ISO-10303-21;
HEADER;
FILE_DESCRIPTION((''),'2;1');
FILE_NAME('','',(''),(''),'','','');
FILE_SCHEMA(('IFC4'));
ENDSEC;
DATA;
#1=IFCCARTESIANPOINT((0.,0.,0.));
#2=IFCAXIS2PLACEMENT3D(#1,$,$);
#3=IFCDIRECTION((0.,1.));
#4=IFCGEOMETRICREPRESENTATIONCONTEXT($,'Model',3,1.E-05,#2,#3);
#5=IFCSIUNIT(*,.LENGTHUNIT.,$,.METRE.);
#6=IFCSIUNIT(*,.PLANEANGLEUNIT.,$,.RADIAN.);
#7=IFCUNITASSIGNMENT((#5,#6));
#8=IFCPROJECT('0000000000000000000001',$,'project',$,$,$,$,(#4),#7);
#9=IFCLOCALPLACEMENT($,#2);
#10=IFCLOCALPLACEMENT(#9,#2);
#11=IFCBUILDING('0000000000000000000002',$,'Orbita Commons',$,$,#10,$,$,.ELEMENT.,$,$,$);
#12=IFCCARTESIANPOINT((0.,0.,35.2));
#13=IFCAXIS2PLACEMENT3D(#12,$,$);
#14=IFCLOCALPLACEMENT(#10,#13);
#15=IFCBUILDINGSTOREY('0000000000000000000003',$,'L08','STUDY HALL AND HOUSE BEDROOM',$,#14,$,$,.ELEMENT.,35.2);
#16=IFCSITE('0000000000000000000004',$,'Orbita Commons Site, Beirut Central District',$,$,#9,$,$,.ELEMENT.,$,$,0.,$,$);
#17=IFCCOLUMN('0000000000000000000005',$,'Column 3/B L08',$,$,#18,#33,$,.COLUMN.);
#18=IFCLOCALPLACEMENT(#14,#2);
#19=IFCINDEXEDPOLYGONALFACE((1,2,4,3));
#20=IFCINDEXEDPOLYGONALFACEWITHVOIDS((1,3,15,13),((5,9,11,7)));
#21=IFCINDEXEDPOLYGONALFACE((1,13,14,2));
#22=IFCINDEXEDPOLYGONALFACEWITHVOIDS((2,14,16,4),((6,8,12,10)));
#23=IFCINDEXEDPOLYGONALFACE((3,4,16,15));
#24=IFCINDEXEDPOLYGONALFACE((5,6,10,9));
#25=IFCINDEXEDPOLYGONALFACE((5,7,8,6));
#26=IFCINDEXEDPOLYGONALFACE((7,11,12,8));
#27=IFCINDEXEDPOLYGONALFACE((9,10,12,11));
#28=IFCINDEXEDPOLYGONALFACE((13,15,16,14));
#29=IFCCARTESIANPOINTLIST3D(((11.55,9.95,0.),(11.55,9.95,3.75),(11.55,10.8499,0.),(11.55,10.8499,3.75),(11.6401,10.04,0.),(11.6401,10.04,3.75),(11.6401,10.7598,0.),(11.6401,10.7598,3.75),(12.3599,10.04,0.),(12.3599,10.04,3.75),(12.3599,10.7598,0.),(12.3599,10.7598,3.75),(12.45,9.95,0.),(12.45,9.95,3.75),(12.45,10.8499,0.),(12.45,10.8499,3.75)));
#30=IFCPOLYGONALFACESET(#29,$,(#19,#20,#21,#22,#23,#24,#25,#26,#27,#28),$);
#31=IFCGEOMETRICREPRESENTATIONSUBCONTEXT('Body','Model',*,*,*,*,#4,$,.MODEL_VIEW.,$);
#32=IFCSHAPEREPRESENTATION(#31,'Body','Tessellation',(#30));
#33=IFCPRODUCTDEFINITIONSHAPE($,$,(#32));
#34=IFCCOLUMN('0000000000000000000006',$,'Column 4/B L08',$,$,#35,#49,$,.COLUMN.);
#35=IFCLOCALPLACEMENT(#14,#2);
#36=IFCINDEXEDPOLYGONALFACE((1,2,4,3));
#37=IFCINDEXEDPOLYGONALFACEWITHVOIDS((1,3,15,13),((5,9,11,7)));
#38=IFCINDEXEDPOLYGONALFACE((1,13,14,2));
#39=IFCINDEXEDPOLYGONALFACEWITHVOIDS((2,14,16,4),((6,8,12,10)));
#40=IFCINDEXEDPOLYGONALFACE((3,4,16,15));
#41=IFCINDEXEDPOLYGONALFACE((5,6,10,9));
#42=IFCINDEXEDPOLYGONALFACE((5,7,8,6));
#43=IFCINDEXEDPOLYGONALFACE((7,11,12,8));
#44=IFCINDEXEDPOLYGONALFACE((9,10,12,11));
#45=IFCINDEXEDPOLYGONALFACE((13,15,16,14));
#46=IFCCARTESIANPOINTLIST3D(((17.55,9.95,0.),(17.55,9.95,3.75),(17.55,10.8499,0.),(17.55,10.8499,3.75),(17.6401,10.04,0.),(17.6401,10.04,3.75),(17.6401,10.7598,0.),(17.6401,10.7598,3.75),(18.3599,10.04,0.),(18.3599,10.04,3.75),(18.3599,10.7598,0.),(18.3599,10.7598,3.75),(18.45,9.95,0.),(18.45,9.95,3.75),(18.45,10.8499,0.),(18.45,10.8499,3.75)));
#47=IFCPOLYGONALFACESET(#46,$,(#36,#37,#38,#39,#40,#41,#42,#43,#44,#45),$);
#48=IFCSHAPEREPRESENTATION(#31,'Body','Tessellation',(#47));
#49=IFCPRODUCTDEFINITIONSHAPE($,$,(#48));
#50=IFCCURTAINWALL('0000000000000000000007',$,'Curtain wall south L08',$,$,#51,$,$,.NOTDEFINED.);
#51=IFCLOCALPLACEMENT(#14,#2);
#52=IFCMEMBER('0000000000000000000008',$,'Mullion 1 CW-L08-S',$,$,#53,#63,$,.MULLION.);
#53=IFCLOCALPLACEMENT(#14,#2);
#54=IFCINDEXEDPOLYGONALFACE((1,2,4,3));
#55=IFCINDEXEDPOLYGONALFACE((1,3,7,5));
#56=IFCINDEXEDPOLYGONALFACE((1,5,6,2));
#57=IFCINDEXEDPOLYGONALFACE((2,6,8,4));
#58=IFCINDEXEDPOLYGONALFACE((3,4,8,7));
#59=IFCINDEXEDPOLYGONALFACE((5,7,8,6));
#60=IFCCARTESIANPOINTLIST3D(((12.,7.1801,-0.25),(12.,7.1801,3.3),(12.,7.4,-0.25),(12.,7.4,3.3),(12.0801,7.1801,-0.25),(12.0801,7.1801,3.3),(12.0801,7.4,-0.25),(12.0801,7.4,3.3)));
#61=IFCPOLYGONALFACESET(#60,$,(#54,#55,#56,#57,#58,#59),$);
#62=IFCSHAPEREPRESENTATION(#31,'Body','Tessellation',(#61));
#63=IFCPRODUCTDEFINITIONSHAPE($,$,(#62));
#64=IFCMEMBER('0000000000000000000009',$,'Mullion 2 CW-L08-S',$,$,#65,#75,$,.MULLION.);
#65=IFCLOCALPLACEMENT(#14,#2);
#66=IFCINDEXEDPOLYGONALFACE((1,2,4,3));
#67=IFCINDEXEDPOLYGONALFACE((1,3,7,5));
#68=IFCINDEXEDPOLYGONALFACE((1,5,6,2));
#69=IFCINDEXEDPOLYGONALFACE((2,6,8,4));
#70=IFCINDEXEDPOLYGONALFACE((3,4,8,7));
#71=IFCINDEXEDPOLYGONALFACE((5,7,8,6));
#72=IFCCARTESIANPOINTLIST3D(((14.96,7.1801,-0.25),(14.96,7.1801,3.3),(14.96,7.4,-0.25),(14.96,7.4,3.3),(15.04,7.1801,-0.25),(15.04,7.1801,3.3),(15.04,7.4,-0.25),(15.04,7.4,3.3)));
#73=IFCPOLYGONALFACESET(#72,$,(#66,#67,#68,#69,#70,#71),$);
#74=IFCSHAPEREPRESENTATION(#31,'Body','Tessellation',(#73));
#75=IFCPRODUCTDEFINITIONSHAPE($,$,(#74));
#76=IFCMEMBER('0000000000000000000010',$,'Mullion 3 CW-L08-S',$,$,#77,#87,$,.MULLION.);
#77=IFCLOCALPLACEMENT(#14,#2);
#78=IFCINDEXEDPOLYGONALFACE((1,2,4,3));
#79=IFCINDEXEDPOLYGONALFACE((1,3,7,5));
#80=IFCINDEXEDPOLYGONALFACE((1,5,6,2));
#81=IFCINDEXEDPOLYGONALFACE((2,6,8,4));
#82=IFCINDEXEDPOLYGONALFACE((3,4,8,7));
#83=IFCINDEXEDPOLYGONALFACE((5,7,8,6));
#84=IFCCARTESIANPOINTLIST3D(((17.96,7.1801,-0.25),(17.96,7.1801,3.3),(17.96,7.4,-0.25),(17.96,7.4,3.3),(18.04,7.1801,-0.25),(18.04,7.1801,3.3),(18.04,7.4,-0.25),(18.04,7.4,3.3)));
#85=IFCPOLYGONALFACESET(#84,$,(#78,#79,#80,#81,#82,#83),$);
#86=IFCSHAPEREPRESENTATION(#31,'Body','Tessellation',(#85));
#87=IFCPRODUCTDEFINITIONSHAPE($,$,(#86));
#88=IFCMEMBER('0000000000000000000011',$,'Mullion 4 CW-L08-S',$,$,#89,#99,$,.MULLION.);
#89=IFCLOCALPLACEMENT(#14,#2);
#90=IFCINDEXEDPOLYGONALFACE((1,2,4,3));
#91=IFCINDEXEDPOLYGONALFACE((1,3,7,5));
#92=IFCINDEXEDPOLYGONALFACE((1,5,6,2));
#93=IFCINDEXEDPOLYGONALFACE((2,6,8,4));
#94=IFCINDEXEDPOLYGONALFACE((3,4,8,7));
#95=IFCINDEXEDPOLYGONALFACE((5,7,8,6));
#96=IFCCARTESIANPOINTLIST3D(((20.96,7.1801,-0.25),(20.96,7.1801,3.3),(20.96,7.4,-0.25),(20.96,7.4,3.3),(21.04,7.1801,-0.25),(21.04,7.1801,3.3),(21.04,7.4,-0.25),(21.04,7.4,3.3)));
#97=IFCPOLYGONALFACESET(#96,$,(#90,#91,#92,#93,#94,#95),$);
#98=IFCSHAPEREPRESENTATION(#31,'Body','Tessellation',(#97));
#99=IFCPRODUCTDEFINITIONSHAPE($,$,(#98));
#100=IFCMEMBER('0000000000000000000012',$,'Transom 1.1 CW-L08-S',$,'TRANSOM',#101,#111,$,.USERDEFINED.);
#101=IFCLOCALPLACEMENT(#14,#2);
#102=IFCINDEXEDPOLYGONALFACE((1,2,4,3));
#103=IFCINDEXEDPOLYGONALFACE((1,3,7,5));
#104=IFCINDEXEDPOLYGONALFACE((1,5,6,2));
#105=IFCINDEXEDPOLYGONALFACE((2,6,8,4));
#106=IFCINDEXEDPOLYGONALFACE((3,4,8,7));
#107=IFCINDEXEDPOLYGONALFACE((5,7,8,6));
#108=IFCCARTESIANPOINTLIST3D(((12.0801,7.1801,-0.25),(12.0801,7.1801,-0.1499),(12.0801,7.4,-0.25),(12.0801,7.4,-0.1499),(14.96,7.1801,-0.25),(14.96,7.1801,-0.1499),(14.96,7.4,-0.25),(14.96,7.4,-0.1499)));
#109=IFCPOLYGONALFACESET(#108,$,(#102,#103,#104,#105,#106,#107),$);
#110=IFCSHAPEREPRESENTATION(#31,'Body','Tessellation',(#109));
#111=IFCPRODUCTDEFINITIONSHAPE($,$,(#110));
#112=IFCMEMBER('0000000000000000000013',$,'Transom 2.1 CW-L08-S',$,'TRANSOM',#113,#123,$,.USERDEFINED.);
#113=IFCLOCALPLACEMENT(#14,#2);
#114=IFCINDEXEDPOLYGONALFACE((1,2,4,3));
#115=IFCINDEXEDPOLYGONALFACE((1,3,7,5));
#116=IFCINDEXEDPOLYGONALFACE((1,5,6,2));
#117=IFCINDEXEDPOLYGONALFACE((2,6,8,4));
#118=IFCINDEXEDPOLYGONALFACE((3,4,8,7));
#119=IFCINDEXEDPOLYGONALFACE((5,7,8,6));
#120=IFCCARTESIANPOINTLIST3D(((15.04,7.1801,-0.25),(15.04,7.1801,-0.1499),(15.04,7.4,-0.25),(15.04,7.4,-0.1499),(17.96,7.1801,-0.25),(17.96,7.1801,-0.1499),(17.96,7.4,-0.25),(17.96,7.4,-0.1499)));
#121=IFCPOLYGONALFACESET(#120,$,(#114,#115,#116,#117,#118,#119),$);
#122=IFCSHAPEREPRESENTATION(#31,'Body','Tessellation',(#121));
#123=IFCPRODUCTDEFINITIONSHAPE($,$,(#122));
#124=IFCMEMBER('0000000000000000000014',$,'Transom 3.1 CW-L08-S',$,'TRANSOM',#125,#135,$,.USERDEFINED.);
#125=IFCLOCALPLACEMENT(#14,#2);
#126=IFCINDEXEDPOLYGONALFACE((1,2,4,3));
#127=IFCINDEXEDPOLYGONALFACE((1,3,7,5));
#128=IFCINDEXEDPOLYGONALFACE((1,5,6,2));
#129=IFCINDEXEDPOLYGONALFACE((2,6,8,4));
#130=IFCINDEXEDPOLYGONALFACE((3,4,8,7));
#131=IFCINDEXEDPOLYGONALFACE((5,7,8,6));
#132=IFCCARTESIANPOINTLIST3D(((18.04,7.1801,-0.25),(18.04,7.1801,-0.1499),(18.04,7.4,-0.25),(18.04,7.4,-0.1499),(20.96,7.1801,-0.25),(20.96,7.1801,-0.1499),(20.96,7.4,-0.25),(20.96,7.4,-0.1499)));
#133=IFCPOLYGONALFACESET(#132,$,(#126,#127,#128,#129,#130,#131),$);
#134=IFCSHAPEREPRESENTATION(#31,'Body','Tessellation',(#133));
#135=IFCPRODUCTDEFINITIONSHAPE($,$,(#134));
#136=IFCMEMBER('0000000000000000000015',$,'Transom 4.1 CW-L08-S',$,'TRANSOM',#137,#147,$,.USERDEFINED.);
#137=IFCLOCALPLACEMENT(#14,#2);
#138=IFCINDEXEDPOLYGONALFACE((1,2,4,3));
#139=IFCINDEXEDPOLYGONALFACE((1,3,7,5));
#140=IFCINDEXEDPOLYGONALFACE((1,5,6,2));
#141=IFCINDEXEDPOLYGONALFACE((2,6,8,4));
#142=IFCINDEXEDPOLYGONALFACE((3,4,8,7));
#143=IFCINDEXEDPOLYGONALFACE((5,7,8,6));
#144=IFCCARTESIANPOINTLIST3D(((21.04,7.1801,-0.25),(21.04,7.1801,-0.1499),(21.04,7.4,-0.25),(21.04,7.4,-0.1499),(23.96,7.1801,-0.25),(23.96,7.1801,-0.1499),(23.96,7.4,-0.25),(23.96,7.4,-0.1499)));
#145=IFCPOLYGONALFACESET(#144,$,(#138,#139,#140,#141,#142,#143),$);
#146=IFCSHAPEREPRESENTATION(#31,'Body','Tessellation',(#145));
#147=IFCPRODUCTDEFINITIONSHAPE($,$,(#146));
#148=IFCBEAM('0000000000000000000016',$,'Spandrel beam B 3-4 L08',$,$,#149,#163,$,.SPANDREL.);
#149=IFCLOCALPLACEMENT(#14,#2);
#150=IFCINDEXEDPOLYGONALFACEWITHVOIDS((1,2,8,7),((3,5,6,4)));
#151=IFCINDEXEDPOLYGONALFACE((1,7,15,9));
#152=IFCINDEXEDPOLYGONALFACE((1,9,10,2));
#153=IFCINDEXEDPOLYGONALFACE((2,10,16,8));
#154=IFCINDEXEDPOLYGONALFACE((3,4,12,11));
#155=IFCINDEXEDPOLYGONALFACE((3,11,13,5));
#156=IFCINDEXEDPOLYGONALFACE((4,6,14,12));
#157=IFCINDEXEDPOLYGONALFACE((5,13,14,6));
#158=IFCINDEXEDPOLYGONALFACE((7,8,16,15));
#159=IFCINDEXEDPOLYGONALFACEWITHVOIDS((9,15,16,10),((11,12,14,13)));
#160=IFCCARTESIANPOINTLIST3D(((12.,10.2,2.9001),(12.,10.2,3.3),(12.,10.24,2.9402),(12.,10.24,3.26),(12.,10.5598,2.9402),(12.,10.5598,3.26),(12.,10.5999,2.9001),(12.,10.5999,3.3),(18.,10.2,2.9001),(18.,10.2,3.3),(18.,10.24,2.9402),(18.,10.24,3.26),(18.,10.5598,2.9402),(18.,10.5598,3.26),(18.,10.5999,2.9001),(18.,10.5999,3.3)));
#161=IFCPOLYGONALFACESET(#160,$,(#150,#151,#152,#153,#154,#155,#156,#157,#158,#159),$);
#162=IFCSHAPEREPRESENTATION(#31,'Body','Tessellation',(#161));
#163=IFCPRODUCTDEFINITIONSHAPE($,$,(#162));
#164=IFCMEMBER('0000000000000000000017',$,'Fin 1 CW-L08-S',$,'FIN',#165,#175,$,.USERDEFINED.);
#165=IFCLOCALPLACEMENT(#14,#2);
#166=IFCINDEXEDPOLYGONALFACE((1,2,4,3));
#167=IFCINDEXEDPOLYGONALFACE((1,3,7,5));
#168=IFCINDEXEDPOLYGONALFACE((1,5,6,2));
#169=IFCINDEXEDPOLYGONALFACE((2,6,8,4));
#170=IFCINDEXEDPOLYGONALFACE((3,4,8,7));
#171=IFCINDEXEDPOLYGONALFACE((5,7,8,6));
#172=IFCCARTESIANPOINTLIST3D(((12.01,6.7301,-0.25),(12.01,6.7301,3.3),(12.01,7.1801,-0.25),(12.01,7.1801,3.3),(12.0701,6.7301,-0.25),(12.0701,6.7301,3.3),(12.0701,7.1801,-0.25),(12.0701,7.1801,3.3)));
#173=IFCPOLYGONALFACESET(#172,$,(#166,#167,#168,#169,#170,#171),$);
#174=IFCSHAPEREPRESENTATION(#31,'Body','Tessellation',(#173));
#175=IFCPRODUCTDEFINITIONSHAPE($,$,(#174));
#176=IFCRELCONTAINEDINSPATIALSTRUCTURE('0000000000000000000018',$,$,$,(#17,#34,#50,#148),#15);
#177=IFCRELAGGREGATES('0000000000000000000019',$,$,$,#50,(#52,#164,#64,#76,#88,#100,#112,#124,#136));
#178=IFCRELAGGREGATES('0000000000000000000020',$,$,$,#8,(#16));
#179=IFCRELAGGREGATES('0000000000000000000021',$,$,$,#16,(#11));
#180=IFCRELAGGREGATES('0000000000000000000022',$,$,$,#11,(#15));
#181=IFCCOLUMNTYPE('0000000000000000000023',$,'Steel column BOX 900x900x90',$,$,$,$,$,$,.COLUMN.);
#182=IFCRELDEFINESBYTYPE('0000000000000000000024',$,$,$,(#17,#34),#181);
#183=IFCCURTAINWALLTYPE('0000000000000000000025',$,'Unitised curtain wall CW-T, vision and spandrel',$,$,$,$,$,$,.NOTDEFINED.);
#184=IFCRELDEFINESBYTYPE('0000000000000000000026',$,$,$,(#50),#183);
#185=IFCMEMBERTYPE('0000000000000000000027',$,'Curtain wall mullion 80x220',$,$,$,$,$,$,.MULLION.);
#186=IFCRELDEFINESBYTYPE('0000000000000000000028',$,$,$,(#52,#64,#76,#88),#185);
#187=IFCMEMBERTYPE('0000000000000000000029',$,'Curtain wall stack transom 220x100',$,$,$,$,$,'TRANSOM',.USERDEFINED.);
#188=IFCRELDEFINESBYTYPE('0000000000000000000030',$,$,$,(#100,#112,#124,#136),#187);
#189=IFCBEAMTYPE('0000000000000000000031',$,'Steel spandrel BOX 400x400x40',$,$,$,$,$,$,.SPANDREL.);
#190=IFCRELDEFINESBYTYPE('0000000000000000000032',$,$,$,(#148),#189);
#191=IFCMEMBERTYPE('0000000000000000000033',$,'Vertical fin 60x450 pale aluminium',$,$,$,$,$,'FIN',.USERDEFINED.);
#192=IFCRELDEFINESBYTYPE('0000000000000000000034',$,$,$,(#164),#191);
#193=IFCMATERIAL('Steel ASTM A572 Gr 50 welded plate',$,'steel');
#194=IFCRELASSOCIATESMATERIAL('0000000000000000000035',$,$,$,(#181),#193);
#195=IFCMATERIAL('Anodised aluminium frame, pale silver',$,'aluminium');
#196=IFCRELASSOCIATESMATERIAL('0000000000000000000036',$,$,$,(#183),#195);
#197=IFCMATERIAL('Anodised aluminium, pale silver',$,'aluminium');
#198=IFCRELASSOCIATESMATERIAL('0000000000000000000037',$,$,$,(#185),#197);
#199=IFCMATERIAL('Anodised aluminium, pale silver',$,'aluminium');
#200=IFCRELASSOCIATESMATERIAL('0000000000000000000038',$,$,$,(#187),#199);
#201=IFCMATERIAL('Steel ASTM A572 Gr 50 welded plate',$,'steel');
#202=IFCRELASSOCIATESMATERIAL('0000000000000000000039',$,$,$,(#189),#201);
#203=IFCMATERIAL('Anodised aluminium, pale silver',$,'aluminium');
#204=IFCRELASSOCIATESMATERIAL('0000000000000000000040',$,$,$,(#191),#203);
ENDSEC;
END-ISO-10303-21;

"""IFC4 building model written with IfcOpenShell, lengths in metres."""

from ifc_helpers import new_model, si_unit, direction, frame, origin, origin_2d, place, context, subcontext, project, spatial, rectangle, hollow_rectangle, extrude, material, material_profile, profile_set, type_object, element, aggregate, save


model = new_model("IFC4")

# Units and contexts
model_context = context("Model", 3, precision=1e-05, world=origin(), true_north=direction((0.0, 1.0)))
body_context = subcontext(model_context, "Body", "Model", "MODEL_VIEW")
ifc_project = project(units=[si_unit("LENGTHUNIT", "METRE"), si_unit("PLANEANGLEUNIT", "RADIAN")], contexts=[model_context])

# Site, building, storey
site_placement = place(None, origin())
site = spatial("IfcSite", under=ifc_project, at=site_placement, Name="Orbita Commons Site, Beirut Central District", CompositionType="ELEMENT", RefElevation=0.0)
building_placement = place(site_placement, origin())
building = spatial("IfcBuilding", under=site, at=building_placement, Name="Orbita Commons", CompositionType="ELEMENT")
storey_placement = place(building_placement, frame((0.0, 0.0, 35.2)))
storey = spatial("IfcBuildingStorey", under=building, at=storey_placement, Name="L08", Description="STUDY HALL AND HOUSE BEDROOM", CompositionType="ELEMENT", Elevation=35.2)

# Columns
ifc_material_1 = material(Name="Steel ASTM A572 Gr 50 welded plate", Category="steel")
ifc_material_profile_1 = material_profile(ifc_material_1, hollow_rectangle(XDim=0.8999, YDim=0.8999, WallThickness=0.0901, at=origin_2d()), Name="BOX 900x900x90")
ifc_profile_set_1 = profile_set([ifc_material_profile_1], Name="Steel ASTM A572 Gr 50 welded plate")
column_type = type_object("IfcColumnType", Name="Steel column BOX 900x900x90", PredefinedType="COLUMN", material=ifc_profile_set_1)
for number, where, z_axis, x_axis, name in (
    (1, (12.0, 10.3999, 0.0), (0.0, 0.0, 1.0), (1.0, 0.0, 0.0), "Column 3/B L08"),
    (2, (18.0, 10.3999, 0.0), (0.0, 0.0, 1.0), (1.0, 0.0, 0.0), "Column 4/B L08"),
):
    element("IfcColumn", number, at=place(storey_placement, frame(where, z_axis=z_axis, x_axis=x_axis)), inside=storey, type_object=column_type, Name=name, PredefinedType="COLUMN", context=body_context, shape_type="SweptSolid", body=[
        extrude(hollow_rectangle(XDim=0.8999, YDim=0.8999, WallThickness=0.0901, at=origin_2d()), origin(), (0.0, 0.0, 1.0), 3.75),
    ])

# Curtain wall, members
ifc_material_2 = material(Name="Anodised aluminium frame, pale silver", Category="aluminium")
curtain_wall_type = type_object("IfcCurtainWallType", Name="Unitised curtain wall CW-T, vision and spandrel", PredefinedType="NOTDEFINED", material=ifc_material_2)
curtain_wall_placement = place(storey_placement, origin())
curtain_wall = element("IfcCurtainWall", 3, at=curtain_wall_placement, inside=storey, type_object=curtain_wall_type, Name="Curtain wall south L08", PredefinedType="NOTDEFINED")
ifc_material_3 = material(Name="Anodised aluminium, pale silver", Category="aluminium")
ifc_material_profile_2 = material_profile(ifc_material_3, rectangle(XDim=0.0801, YDim=0.22, at=origin_2d()), Name="AL 80x220")
ifc_profile_set_2 = profile_set([ifc_material_profile_2], Name="Anodised aluminium, pale silver")
member_type_1 = type_object("IfcMemberType", Name="Curtain wall mullion 80x220", PredefinedType="MULLION", material=ifc_profile_set_2)
member_1_placement = place(storey_placement, frame((12.04, 7.29, -0.25), z_axis=(0.0, 0.0, 1.0), x_axis=(1.0, 0.0, 0.0)))
member_1 = element("IfcMember", 4, at=member_1_placement, type_object=member_type_1, Name="Mullion 1 CW-L08-S", PredefinedType="MULLION", context=body_context, shape_type="SweptSolid", body=[
    extrude(rectangle(XDim=0.0801, YDim=0.22, at=origin_2d()), origin(), (0.0, 0.0, 1.0), 3.55),
])
member_2_placement = place(storey_placement, frame((15.0, 7.29, -0.25), z_axis=(0.0, 0.0, 1.0), x_axis=(1.0, 0.0, 0.0)))
member_2 = element("IfcMember", 5, at=member_2_placement, type_object=member_type_1, Name="Mullion 2 CW-L08-S", PredefinedType="MULLION", context=body_context, shape_type="SweptSolid", body=[
    extrude(rectangle(XDim=0.0801, YDim=0.22, at=origin_2d()), origin(), (0.0, 0.0, 1.0), 3.55),
])
member_3_placement = place(storey_placement, frame((18.0, 7.29, -0.25), z_axis=(0.0, 0.0, 1.0), x_axis=(1.0, 0.0, 0.0)))
member_3 = element("IfcMember", 6, at=member_3_placement, type_object=member_type_1, Name="Mullion 3 CW-L08-S", PredefinedType="MULLION", context=body_context, shape_type="SweptSolid", body=[
    extrude(rectangle(XDim=0.0801, YDim=0.22, at=origin_2d()), origin(), (0.0, 0.0, 1.0), 3.55),
])
member_4_placement = place(storey_placement, frame((21.0, 7.29, -0.25), z_axis=(0.0, 0.0, 1.0), x_axis=(1.0, 0.0, 0.0)))
member_4 = element("IfcMember", 7, at=member_4_placement, type_object=member_type_1, Name="Mullion 4 CW-L08-S", PredefinedType="MULLION", context=body_context, shape_type="SweptSolid", body=[
    extrude(rectangle(XDim=0.0801, YDim=0.22, at=origin_2d()), origin(), (0.0, 0.0, 1.0), 3.55),
])
ifc_material_4 = material(Name="Anodised aluminium, pale silver", Category="aluminium")
ifc_material_profile_3 = material_profile(ifc_material_4, rectangle(XDim=0.22, YDim=0.1001, at=origin_2d()), Name="AL 220x100")
ifc_profile_set_3 = profile_set([ifc_material_profile_3], Name="Anodised aluminium, pale silver")
member_type_2 = type_object("IfcMemberType", Name="Curtain wall stack transom 220x100", ElementType="TRANSOM", PredefinedType="USERDEFINED", material=ifc_profile_set_3)
member_5_placement = place(storey_placement, frame((12.0801, 7.29, -0.2), z_axis=(1.0, 0.0, 0.0), x_axis=(0.0, 1.0, 0.0)))
member_5 = element("IfcMember", 8, at=member_5_placement, type_object=member_type_2, Name="Transom 1.1 CW-L08-S", ObjectType="TRANSOM", PredefinedType="USERDEFINED", context=body_context, shape_type="SweptSolid", body=[
    extrude(rectangle(XDim=0.22, YDim=0.1001, at=origin_2d()), origin(), (0.0, 0.0, 1.0), 2.8799),
])
member_6_placement = place(storey_placement, frame((15.04, 7.29, -0.2), z_axis=(1.0, 0.0, 0.0), x_axis=(0.0, 1.0, 0.0)))
member_6 = element("IfcMember", 9, at=member_6_placement, type_object=member_type_2, Name="Transom 2.1 CW-L08-S", ObjectType="TRANSOM", PredefinedType="USERDEFINED", context=body_context, shape_type="SweptSolid", body=[
    extrude(rectangle(XDim=0.22, YDim=0.1001, at=origin_2d()), origin(), (0.0, 0.0, 1.0), 2.9199),
])
member_7_placement = place(storey_placement, frame((18.04, 7.29, -0.2), z_axis=(1.0, 0.0, 0.0), x_axis=(0.0, 1.0, 0.0)))
member_7 = element("IfcMember", 10, at=member_7_placement, type_object=member_type_2, Name="Transom 3.1 CW-L08-S", ObjectType="TRANSOM", PredefinedType="USERDEFINED", context=body_context, shape_type="SweptSolid", body=[
    extrude(rectangle(XDim=0.22, YDim=0.1001, at=origin_2d()), origin(), (0.0, 0.0, 1.0), 2.9199),
])
member_8_placement = place(storey_placement, frame((21.04, 7.29, -0.2), z_axis=(1.0, 0.0, 0.0), x_axis=(0.0, 1.0, 0.0)))
member_8 = element("IfcMember", 11, at=member_8_placement, type_object=member_type_2, Name="Transom 4.1 CW-L08-S", ObjectType="TRANSOM", PredefinedType="USERDEFINED", context=body_context, shape_type="SweptSolid", body=[
    extrude(rectangle(XDim=0.22, YDim=0.1001, at=origin_2d()), origin(), (0.0, 0.0, 1.0), 2.9199),
])

# Beam
ifc_material_5 = material(Name="Steel ASTM A572 Gr 50 welded plate", Category="steel")
ifc_material_profile_4 = material_profile(ifc_material_5, hollow_rectangle(XDim=0.3999, YDim=0.3999, WallThickness=0.04, at=origin_2d()), Name="BOX 400x400x40")
ifc_profile_set_4 = profile_set([ifc_material_profile_4], Name="Steel ASTM A572 Gr 50 welded plate")
beam_type = type_object("IfcBeamType", Name="Steel spandrel BOX 400x400x40", PredefinedType="SPANDREL", material=ifc_profile_set_4)
beam_placement = place(storey_placement, frame((12.0, 10.3999, 3.1001), z_axis=(1.0, 0.0, 0.0), x_axis=(0.0, 1.0, 0.0)))
element("IfcBeam", 12, at=beam_placement, inside=storey, type_object=beam_type, Name="Spandrel beam B 3-4 L08", PredefinedType="SPANDREL", context=body_context, shape_type="SweptSolid", body=[
    extrude(hollow_rectangle(XDim=0.3999, YDim=0.3999, WallThickness=0.04, at=origin_2d()), origin(), (0.0, 0.0, 1.0), 6.0),
])

# Member
ifc_material_6 = material(Name="Anodised aluminium, pale silver", Category="aluminium")
ifc_material_profile_5 = material_profile(ifc_material_6, rectangle(XDim=0.0601, YDim=0.45, at=origin_2d()), Name="FIN 60x450")
ifc_profile_set_5 = profile_set([ifc_material_profile_5], Name="Anodised aluminium, pale silver")
member_type_3 = type_object("IfcMemberType", Name="Vertical fin 60x450 pale aluminium", ElementType="FIN", PredefinedType="USERDEFINED", material=ifc_profile_set_5)
member_9_placement = place(storey_placement, frame((12.04, 6.9551, -0.25), z_axis=(0.0, 0.0, 1.0), x_axis=(1.0, 0.0, 0.0)))
member_9 = element("IfcMember", 13, at=member_9_placement, type_object=member_type_3, Name="Fin 1 CW-L08-S", ObjectType="FIN", PredefinedType="USERDEFINED", context=body_context, shape_type="SweptSolid", body=[
    extrude(rectangle(XDim=0.0601, YDim=0.45, at=origin_2d()), origin(), (0.0, 0.0, 1.0), 3.55),
])

aggregate(curtain_wall, [member_1, member_9, member_2, member_3, member_4, member_5, member_6, member_7, member_8])

save(model, "model.ifc")
